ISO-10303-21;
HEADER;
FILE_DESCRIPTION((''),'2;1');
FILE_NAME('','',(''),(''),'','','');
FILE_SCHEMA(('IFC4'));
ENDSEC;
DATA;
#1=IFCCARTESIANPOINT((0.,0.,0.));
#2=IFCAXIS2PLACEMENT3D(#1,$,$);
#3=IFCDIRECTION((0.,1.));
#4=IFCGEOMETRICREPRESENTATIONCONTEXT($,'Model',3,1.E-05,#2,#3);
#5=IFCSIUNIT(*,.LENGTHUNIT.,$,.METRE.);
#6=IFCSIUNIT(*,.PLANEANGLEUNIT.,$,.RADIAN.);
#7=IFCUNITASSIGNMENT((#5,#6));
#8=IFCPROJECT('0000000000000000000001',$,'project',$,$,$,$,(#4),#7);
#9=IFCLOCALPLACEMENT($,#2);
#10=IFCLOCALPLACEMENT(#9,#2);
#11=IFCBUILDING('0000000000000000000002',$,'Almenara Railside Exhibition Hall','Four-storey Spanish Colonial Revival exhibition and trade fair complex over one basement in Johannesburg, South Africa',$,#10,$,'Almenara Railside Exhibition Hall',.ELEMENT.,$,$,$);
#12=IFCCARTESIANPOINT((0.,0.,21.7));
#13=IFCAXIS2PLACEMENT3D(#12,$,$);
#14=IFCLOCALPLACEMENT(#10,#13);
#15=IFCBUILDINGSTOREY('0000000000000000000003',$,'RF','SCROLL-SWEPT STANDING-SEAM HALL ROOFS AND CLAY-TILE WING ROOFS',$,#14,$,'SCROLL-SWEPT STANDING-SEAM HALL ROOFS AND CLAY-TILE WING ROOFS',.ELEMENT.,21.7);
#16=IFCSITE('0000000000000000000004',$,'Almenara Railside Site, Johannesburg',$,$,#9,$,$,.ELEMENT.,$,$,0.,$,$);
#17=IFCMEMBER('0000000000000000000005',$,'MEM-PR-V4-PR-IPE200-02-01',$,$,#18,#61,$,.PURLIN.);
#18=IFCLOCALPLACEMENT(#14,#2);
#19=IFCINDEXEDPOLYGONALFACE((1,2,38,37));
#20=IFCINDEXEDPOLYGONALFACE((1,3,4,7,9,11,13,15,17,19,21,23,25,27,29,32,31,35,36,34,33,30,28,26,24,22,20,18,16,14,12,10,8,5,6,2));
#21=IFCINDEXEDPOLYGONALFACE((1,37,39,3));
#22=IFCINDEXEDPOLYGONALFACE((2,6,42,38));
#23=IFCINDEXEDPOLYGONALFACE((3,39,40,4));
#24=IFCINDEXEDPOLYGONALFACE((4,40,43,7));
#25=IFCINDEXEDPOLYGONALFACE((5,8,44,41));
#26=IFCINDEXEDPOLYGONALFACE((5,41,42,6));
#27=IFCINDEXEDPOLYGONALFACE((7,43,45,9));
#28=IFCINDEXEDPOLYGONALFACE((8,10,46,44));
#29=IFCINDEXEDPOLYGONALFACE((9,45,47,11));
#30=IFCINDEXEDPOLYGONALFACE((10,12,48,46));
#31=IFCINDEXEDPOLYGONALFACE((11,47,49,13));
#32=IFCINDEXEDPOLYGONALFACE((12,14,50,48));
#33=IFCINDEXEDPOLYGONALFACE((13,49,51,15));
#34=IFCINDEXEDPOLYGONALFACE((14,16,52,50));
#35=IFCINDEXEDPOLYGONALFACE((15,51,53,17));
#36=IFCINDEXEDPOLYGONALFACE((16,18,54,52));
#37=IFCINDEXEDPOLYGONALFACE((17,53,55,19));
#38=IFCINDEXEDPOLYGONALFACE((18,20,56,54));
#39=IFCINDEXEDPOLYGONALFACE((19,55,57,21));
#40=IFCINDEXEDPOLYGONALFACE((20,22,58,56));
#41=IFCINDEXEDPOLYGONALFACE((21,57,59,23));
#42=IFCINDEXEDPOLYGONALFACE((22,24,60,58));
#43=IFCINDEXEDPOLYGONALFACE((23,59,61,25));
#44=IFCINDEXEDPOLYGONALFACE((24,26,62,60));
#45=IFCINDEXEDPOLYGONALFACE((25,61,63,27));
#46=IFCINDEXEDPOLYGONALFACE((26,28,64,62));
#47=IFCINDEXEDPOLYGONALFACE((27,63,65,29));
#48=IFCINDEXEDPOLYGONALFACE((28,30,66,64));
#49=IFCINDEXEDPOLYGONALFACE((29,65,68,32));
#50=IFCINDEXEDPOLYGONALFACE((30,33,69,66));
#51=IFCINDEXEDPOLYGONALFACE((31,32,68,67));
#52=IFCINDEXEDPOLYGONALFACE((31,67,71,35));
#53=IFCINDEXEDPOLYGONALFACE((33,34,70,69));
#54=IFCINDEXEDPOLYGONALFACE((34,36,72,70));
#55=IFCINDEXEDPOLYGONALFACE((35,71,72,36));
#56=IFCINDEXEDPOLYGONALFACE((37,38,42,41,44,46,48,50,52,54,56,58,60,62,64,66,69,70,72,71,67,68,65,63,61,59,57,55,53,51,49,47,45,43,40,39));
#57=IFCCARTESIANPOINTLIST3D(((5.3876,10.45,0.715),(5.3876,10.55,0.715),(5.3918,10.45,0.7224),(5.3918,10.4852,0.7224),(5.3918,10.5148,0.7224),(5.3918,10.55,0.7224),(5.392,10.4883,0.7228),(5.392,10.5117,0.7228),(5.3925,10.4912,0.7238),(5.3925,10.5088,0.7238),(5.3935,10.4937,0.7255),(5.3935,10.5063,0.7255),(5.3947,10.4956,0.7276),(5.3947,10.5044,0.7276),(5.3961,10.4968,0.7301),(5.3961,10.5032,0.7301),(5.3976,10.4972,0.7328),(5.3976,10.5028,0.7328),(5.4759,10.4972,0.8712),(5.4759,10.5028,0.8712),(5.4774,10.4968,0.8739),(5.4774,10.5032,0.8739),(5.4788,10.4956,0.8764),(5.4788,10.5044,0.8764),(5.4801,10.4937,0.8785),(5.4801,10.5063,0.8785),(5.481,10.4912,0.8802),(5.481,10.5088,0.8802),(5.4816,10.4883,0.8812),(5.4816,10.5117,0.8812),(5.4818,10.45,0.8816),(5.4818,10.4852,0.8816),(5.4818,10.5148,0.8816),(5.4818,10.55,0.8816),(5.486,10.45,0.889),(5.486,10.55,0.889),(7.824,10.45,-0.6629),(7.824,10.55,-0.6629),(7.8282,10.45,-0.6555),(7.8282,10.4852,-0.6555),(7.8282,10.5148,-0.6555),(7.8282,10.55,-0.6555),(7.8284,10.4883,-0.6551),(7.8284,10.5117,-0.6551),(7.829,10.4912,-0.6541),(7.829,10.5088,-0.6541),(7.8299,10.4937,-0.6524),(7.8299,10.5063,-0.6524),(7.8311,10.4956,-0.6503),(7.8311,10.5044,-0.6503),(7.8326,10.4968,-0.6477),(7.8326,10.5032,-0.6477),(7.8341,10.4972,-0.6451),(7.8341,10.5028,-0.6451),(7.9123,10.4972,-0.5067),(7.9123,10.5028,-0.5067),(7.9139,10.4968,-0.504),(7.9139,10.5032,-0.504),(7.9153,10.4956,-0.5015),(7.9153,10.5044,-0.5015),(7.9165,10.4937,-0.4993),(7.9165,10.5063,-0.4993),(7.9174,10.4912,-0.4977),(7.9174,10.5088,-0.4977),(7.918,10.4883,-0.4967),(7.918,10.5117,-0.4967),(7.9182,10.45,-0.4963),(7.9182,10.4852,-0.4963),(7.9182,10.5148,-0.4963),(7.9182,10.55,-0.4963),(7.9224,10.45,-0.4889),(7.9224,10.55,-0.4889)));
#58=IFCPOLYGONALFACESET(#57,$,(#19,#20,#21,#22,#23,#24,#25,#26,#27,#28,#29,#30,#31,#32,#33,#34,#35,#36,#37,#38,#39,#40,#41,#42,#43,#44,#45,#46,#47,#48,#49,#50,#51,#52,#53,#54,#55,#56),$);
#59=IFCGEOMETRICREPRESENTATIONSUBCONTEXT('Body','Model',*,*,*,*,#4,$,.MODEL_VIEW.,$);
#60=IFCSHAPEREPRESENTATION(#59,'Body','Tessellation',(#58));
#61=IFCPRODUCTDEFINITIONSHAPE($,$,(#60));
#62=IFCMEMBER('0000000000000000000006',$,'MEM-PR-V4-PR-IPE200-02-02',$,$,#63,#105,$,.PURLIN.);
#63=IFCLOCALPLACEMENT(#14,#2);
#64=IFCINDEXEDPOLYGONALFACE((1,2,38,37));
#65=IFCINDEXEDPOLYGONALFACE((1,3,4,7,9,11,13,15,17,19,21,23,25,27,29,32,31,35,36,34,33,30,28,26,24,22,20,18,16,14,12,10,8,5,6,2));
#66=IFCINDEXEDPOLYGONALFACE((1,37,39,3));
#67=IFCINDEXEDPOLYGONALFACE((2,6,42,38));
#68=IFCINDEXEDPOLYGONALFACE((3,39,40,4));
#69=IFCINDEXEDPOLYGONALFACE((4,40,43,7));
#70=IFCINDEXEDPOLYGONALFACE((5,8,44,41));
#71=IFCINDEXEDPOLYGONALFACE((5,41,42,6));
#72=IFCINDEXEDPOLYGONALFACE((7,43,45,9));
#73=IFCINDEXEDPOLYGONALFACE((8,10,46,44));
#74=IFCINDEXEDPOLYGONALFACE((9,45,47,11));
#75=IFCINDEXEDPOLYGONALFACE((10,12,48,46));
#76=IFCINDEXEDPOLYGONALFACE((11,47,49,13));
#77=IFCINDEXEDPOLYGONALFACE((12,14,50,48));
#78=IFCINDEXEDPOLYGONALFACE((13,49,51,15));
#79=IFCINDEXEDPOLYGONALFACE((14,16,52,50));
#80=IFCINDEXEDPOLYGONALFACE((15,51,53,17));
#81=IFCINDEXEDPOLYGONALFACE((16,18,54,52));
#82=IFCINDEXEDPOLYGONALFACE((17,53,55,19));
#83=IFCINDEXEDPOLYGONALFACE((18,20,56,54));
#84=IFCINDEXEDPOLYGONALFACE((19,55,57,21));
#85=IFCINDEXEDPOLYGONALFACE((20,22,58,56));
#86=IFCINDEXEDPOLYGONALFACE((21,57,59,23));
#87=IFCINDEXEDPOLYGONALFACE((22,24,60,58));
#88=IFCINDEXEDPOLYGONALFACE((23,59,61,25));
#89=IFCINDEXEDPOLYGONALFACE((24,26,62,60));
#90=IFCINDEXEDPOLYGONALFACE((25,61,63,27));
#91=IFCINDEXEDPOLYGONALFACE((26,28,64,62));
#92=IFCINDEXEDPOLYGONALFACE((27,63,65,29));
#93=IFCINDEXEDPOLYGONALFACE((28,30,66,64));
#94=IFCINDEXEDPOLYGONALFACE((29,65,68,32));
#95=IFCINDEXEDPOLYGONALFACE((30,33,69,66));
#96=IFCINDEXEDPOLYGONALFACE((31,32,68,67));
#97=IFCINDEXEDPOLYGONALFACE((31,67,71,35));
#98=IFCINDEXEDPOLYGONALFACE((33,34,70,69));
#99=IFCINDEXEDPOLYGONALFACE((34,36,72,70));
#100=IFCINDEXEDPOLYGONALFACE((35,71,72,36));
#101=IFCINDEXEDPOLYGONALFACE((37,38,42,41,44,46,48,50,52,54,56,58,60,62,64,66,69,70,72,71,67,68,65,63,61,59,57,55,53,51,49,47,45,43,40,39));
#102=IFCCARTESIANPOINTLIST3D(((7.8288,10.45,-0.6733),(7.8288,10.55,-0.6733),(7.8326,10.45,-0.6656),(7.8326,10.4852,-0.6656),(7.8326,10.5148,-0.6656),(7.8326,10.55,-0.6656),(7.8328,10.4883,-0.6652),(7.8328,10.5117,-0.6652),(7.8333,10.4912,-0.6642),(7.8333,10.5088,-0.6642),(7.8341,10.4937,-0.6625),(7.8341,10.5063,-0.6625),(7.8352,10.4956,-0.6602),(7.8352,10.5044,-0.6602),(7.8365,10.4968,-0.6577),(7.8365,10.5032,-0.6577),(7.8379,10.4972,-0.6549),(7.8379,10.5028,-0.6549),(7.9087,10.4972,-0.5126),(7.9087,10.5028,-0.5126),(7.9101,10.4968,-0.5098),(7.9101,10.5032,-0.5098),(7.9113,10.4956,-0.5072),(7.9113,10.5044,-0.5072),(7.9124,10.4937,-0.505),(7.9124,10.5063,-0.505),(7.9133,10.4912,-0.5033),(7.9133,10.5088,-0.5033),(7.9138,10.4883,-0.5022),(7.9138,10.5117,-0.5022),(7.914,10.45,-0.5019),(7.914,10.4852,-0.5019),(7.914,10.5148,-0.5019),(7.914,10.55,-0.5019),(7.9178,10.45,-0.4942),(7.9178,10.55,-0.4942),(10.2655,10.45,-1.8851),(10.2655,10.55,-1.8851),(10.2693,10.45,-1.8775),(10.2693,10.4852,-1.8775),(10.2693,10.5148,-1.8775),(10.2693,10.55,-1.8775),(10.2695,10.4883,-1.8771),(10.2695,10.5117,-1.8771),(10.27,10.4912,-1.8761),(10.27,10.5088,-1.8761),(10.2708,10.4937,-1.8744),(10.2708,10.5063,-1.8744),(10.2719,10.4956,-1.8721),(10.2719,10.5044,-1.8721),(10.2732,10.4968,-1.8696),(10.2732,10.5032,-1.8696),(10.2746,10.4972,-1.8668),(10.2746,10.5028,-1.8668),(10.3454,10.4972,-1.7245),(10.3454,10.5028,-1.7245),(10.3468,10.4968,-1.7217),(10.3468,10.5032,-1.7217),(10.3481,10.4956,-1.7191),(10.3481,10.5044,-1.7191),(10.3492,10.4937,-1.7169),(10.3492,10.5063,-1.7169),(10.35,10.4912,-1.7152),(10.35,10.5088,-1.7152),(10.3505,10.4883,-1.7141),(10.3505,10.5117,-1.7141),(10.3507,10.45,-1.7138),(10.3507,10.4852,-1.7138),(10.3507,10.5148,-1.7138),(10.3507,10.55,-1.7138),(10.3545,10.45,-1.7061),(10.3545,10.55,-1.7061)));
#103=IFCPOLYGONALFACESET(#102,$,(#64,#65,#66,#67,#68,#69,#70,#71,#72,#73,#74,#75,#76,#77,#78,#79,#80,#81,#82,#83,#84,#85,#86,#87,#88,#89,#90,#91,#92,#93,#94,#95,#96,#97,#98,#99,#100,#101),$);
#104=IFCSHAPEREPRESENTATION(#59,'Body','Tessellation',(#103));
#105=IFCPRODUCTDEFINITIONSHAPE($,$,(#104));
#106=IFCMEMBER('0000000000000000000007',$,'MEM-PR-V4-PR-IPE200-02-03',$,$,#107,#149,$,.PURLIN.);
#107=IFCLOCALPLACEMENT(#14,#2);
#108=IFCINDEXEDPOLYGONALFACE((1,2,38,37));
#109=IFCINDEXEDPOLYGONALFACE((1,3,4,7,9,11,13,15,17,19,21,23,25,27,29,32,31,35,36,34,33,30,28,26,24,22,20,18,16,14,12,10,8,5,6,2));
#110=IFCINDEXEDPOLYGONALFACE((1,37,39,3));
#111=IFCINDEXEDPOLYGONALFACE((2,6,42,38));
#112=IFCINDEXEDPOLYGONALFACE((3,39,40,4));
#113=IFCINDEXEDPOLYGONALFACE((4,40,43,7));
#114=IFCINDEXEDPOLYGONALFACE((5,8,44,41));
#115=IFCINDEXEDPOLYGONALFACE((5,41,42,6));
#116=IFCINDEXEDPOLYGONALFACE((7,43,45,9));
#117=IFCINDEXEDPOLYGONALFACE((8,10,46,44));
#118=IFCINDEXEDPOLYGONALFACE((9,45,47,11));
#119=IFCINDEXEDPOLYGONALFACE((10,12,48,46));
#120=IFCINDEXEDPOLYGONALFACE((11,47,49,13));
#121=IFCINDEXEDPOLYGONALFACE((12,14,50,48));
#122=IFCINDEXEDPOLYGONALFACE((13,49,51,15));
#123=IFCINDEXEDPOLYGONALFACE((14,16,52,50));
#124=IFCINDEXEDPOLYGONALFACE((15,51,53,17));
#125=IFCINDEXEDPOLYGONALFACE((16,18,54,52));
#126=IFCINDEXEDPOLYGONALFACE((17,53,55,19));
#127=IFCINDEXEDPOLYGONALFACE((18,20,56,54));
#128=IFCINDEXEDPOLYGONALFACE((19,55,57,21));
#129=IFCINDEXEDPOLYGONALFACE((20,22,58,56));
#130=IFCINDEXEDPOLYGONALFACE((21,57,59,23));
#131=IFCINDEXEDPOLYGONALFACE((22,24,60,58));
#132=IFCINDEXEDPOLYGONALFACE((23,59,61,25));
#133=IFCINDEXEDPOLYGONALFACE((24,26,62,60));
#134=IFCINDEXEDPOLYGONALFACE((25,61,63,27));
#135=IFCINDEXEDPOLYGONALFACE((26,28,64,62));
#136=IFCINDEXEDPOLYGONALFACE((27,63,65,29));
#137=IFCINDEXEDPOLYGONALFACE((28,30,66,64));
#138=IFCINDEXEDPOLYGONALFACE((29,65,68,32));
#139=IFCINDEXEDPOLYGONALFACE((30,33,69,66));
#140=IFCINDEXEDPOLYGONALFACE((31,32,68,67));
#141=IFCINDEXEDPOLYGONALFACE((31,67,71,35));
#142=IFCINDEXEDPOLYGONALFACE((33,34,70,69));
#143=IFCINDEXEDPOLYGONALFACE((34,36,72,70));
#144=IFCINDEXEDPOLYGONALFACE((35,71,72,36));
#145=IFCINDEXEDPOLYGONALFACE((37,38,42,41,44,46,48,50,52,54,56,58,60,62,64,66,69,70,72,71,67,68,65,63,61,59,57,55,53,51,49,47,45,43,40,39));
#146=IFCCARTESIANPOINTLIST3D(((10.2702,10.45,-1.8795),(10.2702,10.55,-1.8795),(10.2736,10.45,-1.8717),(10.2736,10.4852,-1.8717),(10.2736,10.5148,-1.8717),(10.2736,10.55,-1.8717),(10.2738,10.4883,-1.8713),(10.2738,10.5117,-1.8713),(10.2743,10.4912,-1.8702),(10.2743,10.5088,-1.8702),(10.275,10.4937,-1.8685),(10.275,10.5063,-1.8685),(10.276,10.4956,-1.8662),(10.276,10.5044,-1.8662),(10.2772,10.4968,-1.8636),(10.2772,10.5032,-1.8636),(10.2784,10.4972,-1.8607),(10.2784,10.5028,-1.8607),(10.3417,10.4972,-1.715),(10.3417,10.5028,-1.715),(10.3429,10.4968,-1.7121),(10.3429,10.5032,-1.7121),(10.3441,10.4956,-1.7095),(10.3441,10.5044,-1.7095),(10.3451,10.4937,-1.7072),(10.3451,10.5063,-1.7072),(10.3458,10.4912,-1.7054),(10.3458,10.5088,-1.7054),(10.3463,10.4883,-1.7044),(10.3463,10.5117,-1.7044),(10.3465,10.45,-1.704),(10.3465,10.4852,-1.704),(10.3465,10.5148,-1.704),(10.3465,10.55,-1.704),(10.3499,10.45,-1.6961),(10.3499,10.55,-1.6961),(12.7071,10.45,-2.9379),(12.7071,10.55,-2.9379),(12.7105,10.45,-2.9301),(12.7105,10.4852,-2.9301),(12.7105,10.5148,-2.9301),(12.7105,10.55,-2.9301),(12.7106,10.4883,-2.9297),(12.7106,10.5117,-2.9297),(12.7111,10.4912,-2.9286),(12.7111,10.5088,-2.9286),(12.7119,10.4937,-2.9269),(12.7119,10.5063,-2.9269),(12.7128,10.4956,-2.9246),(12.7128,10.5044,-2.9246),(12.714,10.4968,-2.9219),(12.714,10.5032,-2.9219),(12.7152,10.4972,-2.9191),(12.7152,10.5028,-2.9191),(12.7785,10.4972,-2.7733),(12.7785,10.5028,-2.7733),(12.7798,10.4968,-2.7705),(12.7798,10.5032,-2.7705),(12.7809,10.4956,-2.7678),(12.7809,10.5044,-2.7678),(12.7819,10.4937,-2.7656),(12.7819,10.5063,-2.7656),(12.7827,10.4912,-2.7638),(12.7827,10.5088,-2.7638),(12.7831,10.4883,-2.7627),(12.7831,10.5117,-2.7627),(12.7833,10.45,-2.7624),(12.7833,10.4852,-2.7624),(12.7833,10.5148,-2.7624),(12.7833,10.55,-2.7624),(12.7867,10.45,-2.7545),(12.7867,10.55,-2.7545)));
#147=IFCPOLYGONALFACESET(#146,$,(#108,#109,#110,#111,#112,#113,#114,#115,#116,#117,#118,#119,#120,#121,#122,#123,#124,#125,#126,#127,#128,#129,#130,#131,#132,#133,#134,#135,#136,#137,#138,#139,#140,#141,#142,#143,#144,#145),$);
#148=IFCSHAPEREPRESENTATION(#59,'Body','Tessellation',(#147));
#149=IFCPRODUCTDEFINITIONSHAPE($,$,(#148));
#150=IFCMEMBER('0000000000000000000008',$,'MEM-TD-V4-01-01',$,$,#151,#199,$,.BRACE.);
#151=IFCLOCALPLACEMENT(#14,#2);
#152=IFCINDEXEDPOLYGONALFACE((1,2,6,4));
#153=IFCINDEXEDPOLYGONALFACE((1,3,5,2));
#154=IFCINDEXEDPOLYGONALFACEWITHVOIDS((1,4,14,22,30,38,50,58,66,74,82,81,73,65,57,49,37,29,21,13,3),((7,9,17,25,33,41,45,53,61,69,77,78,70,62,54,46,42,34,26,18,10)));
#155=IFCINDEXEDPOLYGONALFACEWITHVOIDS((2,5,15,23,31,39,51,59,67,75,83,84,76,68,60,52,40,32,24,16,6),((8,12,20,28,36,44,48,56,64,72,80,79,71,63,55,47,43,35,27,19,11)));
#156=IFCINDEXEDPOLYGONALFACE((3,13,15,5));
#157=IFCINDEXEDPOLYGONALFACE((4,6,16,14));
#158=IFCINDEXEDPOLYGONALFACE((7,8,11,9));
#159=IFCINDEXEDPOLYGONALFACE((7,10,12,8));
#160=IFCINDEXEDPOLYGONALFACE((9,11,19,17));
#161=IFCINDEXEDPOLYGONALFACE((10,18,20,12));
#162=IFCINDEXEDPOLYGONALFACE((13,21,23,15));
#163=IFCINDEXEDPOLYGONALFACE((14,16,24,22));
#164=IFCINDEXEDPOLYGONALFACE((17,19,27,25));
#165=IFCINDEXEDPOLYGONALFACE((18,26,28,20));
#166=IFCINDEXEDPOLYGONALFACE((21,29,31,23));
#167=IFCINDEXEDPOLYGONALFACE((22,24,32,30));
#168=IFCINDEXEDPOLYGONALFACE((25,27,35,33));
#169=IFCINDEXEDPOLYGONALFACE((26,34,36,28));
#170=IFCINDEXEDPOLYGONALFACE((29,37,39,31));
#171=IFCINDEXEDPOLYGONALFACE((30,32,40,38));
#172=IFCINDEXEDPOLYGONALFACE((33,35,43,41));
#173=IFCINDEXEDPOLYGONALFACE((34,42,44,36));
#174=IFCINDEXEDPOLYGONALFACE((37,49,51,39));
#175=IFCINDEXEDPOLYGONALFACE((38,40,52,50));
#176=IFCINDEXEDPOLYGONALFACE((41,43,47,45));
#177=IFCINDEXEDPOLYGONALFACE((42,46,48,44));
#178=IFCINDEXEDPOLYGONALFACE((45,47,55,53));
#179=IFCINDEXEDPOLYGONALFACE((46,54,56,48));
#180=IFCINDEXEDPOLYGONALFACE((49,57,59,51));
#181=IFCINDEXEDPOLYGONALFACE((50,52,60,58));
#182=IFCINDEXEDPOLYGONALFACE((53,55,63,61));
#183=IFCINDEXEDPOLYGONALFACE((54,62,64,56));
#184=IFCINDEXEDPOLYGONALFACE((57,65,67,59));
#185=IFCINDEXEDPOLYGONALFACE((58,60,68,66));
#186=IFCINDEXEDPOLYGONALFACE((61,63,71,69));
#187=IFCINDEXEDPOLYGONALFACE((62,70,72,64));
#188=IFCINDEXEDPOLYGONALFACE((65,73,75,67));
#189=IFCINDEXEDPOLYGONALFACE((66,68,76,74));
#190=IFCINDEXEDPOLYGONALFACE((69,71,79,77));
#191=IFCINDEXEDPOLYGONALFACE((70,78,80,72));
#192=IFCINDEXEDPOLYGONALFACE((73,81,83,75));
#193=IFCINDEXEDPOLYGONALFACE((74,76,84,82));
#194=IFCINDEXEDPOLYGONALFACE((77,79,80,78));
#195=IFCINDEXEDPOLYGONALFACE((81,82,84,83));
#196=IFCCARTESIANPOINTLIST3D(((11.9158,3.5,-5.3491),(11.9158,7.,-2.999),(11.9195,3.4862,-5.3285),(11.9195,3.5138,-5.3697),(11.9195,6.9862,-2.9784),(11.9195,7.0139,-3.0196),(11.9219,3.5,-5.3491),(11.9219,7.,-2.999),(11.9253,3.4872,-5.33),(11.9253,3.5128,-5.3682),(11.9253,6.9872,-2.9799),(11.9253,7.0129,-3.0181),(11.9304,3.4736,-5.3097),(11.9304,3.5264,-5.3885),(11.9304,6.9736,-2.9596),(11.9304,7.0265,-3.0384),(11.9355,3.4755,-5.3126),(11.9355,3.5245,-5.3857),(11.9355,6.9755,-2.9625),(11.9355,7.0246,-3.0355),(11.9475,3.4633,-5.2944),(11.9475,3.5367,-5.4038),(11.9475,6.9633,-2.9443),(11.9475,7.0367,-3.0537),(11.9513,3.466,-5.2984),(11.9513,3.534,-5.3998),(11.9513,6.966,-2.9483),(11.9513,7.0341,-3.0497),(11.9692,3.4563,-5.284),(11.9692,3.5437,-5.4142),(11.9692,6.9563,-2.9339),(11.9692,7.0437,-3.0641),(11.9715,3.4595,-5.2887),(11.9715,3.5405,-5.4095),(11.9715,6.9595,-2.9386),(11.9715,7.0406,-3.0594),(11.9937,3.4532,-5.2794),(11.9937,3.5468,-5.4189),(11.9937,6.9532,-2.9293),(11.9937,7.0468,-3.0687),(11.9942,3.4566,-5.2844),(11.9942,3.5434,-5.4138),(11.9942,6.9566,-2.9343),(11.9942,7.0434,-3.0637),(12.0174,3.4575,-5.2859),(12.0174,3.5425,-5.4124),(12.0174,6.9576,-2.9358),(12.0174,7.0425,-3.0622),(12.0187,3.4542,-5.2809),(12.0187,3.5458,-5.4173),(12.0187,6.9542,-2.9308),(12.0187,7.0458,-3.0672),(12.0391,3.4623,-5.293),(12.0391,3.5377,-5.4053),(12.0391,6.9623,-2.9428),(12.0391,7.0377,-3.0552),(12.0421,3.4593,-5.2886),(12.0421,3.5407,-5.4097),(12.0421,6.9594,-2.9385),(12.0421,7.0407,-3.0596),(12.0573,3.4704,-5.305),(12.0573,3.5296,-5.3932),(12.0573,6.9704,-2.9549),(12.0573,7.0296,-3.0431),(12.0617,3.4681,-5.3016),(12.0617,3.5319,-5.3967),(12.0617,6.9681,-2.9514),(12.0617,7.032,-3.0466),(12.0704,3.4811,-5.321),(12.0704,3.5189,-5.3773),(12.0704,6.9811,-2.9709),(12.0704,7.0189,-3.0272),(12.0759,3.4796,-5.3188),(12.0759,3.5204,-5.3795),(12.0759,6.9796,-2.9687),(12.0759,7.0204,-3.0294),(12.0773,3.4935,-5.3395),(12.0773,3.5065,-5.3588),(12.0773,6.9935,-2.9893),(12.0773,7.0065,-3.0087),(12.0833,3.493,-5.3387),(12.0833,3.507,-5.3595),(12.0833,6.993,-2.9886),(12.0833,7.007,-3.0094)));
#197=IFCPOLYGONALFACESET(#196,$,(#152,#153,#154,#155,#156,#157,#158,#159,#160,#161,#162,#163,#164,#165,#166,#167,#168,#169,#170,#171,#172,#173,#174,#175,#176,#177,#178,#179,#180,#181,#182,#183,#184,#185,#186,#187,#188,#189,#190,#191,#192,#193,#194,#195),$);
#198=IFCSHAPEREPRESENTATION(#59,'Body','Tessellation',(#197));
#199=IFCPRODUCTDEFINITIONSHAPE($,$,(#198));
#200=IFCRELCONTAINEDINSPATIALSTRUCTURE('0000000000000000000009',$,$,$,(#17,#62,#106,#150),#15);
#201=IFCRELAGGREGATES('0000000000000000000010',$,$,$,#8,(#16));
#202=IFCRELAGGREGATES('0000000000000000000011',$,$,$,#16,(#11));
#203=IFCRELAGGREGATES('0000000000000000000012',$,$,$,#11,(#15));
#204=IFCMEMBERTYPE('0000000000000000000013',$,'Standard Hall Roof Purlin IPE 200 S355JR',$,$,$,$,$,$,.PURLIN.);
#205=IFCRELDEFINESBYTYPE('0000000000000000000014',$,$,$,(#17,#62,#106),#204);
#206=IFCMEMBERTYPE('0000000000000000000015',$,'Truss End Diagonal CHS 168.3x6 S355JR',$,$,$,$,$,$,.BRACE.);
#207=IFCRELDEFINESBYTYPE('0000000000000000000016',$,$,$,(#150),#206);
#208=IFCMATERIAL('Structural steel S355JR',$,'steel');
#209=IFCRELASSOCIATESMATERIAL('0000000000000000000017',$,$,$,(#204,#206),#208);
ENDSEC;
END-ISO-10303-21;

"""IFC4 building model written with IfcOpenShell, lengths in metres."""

from ifc_helpers import new_model, si_unit, direction, frame, origin, origin_2d, place, context, subcontext, project, spatial, hollow_circle, i_section, extrude, material, material_profile, profile_set, type_object, element, save


model = new_model("IFC4")

# Units and contexts
model_context = context("Model", 3, precision=1e-05, world=origin(), true_north=direction((0.0, 1.0)))
body_context = subcontext(model_context, "Body", "Model", "MODEL_VIEW")
ifc_project = project(units=[si_unit("LENGTHUNIT", "METRE"), si_unit("PLANEANGLEUNIT", "RADIAN")], contexts=[model_context])

# Site, building, storey
site_placement = place(None, origin())
site = spatial("IfcSite", under=ifc_project, at=site_placement, Name="Almenara Railside Site, Johannesburg", CompositionType="ELEMENT", RefElevation=0.0)
building_placement = place(site_placement, origin())
building = spatial("IfcBuilding", under=site, at=building_placement, Name="Almenara Railside Exhibition Hall", Description="Four-storey Spanish Colonial Revival exhibition and trade fair complex over one basement in Johannesburg, South Africa", LongName="Almenara Railside Exhibition Hall", CompositionType="ELEMENT")
storey_placement = place(building_placement, frame((0.0, 0.0, 21.7)))
storey = spatial("IfcBuildingStorey", under=building, at=storey_placement, Name="RF", Description="SCROLL-SWEPT STANDING-SEAM HALL ROOFS AND CLAY-TILE WING ROOFS", LongName="SCROLL-SWEPT STANDING-SEAM HALL ROOFS AND CLAY-TILE WING ROOFS", CompositionType="ELEMENT", Elevation=21.7)

# Members
ifc_material_1 = material(Name="Structural steel S355JR", Category="steel")
ifc_material_profile_1 = material_profile(ifc_material_1, i_section(OverallWidth=0.1001, OverallDepth=0.2, WebThickness=0.0056, FlangeThickness=0.0085, FilletRadius=0.012, at=origin_2d()), Name="IPE 200")
ifc_profile_set_1 = profile_set([ifc_material_profile_1], Name="Structural steel S355JR")
member_type_1 = type_object("IfcMemberType", Name="Standard Hall Roof Purlin IPE 200 S355JR", PredefinedType="PURLIN", material=ifc_profile_set_1)
member_1_placement = place(storey_placement, frame((5.4368, 10.5, 0.802), z_axis=(0.870446, 0.0, -0.492264), x_axis=(0.0, 1.0, 0.0)))
element("IfcMember", 1, at=member_1_placement, inside=storey, type_object=member_type_1, Name="MEM-PR-V4-PR-IPE200-02-01", PredefinedType="PURLIN", context=body_context, shape_type="SweptSolid", body=[
    extrude(i_section(OverallWidth=0.1001, OverallDepth=0.2, WebThickness=0.0056, FlangeThickness=0.0085, FilletRadius=0.012, at=origin_2d()), origin(), (0.0, 0.0, 1.0), 2.7991),
])
member_2_placement = place(storey_placement, frame((7.8733, 10.5, -0.5837), z_axis=(0.895376, 0.0, -0.445311), x_axis=(0.0, 1.0, 0.0)))
element("IfcMember", 2, at=member_2_placement, inside=storey, type_object=member_type_1, Name="MEM-PR-V4-PR-IPE200-02-02", PredefinedType="PURLIN", context=body_context, shape_type="SweptSolid", body=[
    extrude(i_section(OverallWidth=0.1001, OverallDepth=0.2, WebThickness=0.0056, FlangeThickness=0.0085, FilletRadius=0.012, at=origin_2d()), origin(), (0.0, 0.0, 1.0), 2.7214),
])
member_3_placement = place(storey_placement, frame((10.3101, 10.5, -1.7878), z_axis=(0.917223, 0.0, -0.398373), x_axis=(0.0, 1.0, 0.0)))
element("IfcMember", 3, at=member_3_placement, inside=storey, type_object=member_type_1, Name="MEM-PR-V4-PR-IPE200-02-03", PredefinedType="PURLIN", context=body_context, shape_type="SweptSolid", body=[
    extrude(i_section(OverallWidth=0.1001, OverallDepth=0.2, WebThickness=0.0056, FlangeThickness=0.0085, FilletRadius=0.012, at=origin_2d()), origin(), (0.0, 0.0, 1.0), 2.6567),
])
ifc_material_profile_2 = material_profile(ifc_material_1, hollow_circle(Radius=0.0842, WallThickness=0.0061, at=origin_2d()), Name="CHS 168.3x6")
ifc_profile_set_2 = profile_set([ifc_material_profile_2], Name="Structural steel S355JR")
member_type_2 = type_object("IfcMemberType", Name="Truss End Diagonal CHS 168.3x6 S355JR", PredefinedType="BRACE", material=ifc_profile_set_2)
member_4_placement = place(storey_placement, frame((12.0, 3.5, -5.3491), z_axis=(0.0, 0.83021, 0.55745), x_axis=(-1.0, 0.0, 0.0)))
element("IfcMember", 4, at=member_4_placement, inside=storey, type_object=member_type_2, Name="MEM-TD-V4-01-01", PredefinedType="BRACE", context=body_context, shape_type="SweptSolid", body=[
    extrude(hollow_circle(Radius=0.0842, WallThickness=0.0061, at=origin_2d()), origin(), (0.0, 0.0, 1.0), 4.2158),
])

save(model, "model.ifc")
